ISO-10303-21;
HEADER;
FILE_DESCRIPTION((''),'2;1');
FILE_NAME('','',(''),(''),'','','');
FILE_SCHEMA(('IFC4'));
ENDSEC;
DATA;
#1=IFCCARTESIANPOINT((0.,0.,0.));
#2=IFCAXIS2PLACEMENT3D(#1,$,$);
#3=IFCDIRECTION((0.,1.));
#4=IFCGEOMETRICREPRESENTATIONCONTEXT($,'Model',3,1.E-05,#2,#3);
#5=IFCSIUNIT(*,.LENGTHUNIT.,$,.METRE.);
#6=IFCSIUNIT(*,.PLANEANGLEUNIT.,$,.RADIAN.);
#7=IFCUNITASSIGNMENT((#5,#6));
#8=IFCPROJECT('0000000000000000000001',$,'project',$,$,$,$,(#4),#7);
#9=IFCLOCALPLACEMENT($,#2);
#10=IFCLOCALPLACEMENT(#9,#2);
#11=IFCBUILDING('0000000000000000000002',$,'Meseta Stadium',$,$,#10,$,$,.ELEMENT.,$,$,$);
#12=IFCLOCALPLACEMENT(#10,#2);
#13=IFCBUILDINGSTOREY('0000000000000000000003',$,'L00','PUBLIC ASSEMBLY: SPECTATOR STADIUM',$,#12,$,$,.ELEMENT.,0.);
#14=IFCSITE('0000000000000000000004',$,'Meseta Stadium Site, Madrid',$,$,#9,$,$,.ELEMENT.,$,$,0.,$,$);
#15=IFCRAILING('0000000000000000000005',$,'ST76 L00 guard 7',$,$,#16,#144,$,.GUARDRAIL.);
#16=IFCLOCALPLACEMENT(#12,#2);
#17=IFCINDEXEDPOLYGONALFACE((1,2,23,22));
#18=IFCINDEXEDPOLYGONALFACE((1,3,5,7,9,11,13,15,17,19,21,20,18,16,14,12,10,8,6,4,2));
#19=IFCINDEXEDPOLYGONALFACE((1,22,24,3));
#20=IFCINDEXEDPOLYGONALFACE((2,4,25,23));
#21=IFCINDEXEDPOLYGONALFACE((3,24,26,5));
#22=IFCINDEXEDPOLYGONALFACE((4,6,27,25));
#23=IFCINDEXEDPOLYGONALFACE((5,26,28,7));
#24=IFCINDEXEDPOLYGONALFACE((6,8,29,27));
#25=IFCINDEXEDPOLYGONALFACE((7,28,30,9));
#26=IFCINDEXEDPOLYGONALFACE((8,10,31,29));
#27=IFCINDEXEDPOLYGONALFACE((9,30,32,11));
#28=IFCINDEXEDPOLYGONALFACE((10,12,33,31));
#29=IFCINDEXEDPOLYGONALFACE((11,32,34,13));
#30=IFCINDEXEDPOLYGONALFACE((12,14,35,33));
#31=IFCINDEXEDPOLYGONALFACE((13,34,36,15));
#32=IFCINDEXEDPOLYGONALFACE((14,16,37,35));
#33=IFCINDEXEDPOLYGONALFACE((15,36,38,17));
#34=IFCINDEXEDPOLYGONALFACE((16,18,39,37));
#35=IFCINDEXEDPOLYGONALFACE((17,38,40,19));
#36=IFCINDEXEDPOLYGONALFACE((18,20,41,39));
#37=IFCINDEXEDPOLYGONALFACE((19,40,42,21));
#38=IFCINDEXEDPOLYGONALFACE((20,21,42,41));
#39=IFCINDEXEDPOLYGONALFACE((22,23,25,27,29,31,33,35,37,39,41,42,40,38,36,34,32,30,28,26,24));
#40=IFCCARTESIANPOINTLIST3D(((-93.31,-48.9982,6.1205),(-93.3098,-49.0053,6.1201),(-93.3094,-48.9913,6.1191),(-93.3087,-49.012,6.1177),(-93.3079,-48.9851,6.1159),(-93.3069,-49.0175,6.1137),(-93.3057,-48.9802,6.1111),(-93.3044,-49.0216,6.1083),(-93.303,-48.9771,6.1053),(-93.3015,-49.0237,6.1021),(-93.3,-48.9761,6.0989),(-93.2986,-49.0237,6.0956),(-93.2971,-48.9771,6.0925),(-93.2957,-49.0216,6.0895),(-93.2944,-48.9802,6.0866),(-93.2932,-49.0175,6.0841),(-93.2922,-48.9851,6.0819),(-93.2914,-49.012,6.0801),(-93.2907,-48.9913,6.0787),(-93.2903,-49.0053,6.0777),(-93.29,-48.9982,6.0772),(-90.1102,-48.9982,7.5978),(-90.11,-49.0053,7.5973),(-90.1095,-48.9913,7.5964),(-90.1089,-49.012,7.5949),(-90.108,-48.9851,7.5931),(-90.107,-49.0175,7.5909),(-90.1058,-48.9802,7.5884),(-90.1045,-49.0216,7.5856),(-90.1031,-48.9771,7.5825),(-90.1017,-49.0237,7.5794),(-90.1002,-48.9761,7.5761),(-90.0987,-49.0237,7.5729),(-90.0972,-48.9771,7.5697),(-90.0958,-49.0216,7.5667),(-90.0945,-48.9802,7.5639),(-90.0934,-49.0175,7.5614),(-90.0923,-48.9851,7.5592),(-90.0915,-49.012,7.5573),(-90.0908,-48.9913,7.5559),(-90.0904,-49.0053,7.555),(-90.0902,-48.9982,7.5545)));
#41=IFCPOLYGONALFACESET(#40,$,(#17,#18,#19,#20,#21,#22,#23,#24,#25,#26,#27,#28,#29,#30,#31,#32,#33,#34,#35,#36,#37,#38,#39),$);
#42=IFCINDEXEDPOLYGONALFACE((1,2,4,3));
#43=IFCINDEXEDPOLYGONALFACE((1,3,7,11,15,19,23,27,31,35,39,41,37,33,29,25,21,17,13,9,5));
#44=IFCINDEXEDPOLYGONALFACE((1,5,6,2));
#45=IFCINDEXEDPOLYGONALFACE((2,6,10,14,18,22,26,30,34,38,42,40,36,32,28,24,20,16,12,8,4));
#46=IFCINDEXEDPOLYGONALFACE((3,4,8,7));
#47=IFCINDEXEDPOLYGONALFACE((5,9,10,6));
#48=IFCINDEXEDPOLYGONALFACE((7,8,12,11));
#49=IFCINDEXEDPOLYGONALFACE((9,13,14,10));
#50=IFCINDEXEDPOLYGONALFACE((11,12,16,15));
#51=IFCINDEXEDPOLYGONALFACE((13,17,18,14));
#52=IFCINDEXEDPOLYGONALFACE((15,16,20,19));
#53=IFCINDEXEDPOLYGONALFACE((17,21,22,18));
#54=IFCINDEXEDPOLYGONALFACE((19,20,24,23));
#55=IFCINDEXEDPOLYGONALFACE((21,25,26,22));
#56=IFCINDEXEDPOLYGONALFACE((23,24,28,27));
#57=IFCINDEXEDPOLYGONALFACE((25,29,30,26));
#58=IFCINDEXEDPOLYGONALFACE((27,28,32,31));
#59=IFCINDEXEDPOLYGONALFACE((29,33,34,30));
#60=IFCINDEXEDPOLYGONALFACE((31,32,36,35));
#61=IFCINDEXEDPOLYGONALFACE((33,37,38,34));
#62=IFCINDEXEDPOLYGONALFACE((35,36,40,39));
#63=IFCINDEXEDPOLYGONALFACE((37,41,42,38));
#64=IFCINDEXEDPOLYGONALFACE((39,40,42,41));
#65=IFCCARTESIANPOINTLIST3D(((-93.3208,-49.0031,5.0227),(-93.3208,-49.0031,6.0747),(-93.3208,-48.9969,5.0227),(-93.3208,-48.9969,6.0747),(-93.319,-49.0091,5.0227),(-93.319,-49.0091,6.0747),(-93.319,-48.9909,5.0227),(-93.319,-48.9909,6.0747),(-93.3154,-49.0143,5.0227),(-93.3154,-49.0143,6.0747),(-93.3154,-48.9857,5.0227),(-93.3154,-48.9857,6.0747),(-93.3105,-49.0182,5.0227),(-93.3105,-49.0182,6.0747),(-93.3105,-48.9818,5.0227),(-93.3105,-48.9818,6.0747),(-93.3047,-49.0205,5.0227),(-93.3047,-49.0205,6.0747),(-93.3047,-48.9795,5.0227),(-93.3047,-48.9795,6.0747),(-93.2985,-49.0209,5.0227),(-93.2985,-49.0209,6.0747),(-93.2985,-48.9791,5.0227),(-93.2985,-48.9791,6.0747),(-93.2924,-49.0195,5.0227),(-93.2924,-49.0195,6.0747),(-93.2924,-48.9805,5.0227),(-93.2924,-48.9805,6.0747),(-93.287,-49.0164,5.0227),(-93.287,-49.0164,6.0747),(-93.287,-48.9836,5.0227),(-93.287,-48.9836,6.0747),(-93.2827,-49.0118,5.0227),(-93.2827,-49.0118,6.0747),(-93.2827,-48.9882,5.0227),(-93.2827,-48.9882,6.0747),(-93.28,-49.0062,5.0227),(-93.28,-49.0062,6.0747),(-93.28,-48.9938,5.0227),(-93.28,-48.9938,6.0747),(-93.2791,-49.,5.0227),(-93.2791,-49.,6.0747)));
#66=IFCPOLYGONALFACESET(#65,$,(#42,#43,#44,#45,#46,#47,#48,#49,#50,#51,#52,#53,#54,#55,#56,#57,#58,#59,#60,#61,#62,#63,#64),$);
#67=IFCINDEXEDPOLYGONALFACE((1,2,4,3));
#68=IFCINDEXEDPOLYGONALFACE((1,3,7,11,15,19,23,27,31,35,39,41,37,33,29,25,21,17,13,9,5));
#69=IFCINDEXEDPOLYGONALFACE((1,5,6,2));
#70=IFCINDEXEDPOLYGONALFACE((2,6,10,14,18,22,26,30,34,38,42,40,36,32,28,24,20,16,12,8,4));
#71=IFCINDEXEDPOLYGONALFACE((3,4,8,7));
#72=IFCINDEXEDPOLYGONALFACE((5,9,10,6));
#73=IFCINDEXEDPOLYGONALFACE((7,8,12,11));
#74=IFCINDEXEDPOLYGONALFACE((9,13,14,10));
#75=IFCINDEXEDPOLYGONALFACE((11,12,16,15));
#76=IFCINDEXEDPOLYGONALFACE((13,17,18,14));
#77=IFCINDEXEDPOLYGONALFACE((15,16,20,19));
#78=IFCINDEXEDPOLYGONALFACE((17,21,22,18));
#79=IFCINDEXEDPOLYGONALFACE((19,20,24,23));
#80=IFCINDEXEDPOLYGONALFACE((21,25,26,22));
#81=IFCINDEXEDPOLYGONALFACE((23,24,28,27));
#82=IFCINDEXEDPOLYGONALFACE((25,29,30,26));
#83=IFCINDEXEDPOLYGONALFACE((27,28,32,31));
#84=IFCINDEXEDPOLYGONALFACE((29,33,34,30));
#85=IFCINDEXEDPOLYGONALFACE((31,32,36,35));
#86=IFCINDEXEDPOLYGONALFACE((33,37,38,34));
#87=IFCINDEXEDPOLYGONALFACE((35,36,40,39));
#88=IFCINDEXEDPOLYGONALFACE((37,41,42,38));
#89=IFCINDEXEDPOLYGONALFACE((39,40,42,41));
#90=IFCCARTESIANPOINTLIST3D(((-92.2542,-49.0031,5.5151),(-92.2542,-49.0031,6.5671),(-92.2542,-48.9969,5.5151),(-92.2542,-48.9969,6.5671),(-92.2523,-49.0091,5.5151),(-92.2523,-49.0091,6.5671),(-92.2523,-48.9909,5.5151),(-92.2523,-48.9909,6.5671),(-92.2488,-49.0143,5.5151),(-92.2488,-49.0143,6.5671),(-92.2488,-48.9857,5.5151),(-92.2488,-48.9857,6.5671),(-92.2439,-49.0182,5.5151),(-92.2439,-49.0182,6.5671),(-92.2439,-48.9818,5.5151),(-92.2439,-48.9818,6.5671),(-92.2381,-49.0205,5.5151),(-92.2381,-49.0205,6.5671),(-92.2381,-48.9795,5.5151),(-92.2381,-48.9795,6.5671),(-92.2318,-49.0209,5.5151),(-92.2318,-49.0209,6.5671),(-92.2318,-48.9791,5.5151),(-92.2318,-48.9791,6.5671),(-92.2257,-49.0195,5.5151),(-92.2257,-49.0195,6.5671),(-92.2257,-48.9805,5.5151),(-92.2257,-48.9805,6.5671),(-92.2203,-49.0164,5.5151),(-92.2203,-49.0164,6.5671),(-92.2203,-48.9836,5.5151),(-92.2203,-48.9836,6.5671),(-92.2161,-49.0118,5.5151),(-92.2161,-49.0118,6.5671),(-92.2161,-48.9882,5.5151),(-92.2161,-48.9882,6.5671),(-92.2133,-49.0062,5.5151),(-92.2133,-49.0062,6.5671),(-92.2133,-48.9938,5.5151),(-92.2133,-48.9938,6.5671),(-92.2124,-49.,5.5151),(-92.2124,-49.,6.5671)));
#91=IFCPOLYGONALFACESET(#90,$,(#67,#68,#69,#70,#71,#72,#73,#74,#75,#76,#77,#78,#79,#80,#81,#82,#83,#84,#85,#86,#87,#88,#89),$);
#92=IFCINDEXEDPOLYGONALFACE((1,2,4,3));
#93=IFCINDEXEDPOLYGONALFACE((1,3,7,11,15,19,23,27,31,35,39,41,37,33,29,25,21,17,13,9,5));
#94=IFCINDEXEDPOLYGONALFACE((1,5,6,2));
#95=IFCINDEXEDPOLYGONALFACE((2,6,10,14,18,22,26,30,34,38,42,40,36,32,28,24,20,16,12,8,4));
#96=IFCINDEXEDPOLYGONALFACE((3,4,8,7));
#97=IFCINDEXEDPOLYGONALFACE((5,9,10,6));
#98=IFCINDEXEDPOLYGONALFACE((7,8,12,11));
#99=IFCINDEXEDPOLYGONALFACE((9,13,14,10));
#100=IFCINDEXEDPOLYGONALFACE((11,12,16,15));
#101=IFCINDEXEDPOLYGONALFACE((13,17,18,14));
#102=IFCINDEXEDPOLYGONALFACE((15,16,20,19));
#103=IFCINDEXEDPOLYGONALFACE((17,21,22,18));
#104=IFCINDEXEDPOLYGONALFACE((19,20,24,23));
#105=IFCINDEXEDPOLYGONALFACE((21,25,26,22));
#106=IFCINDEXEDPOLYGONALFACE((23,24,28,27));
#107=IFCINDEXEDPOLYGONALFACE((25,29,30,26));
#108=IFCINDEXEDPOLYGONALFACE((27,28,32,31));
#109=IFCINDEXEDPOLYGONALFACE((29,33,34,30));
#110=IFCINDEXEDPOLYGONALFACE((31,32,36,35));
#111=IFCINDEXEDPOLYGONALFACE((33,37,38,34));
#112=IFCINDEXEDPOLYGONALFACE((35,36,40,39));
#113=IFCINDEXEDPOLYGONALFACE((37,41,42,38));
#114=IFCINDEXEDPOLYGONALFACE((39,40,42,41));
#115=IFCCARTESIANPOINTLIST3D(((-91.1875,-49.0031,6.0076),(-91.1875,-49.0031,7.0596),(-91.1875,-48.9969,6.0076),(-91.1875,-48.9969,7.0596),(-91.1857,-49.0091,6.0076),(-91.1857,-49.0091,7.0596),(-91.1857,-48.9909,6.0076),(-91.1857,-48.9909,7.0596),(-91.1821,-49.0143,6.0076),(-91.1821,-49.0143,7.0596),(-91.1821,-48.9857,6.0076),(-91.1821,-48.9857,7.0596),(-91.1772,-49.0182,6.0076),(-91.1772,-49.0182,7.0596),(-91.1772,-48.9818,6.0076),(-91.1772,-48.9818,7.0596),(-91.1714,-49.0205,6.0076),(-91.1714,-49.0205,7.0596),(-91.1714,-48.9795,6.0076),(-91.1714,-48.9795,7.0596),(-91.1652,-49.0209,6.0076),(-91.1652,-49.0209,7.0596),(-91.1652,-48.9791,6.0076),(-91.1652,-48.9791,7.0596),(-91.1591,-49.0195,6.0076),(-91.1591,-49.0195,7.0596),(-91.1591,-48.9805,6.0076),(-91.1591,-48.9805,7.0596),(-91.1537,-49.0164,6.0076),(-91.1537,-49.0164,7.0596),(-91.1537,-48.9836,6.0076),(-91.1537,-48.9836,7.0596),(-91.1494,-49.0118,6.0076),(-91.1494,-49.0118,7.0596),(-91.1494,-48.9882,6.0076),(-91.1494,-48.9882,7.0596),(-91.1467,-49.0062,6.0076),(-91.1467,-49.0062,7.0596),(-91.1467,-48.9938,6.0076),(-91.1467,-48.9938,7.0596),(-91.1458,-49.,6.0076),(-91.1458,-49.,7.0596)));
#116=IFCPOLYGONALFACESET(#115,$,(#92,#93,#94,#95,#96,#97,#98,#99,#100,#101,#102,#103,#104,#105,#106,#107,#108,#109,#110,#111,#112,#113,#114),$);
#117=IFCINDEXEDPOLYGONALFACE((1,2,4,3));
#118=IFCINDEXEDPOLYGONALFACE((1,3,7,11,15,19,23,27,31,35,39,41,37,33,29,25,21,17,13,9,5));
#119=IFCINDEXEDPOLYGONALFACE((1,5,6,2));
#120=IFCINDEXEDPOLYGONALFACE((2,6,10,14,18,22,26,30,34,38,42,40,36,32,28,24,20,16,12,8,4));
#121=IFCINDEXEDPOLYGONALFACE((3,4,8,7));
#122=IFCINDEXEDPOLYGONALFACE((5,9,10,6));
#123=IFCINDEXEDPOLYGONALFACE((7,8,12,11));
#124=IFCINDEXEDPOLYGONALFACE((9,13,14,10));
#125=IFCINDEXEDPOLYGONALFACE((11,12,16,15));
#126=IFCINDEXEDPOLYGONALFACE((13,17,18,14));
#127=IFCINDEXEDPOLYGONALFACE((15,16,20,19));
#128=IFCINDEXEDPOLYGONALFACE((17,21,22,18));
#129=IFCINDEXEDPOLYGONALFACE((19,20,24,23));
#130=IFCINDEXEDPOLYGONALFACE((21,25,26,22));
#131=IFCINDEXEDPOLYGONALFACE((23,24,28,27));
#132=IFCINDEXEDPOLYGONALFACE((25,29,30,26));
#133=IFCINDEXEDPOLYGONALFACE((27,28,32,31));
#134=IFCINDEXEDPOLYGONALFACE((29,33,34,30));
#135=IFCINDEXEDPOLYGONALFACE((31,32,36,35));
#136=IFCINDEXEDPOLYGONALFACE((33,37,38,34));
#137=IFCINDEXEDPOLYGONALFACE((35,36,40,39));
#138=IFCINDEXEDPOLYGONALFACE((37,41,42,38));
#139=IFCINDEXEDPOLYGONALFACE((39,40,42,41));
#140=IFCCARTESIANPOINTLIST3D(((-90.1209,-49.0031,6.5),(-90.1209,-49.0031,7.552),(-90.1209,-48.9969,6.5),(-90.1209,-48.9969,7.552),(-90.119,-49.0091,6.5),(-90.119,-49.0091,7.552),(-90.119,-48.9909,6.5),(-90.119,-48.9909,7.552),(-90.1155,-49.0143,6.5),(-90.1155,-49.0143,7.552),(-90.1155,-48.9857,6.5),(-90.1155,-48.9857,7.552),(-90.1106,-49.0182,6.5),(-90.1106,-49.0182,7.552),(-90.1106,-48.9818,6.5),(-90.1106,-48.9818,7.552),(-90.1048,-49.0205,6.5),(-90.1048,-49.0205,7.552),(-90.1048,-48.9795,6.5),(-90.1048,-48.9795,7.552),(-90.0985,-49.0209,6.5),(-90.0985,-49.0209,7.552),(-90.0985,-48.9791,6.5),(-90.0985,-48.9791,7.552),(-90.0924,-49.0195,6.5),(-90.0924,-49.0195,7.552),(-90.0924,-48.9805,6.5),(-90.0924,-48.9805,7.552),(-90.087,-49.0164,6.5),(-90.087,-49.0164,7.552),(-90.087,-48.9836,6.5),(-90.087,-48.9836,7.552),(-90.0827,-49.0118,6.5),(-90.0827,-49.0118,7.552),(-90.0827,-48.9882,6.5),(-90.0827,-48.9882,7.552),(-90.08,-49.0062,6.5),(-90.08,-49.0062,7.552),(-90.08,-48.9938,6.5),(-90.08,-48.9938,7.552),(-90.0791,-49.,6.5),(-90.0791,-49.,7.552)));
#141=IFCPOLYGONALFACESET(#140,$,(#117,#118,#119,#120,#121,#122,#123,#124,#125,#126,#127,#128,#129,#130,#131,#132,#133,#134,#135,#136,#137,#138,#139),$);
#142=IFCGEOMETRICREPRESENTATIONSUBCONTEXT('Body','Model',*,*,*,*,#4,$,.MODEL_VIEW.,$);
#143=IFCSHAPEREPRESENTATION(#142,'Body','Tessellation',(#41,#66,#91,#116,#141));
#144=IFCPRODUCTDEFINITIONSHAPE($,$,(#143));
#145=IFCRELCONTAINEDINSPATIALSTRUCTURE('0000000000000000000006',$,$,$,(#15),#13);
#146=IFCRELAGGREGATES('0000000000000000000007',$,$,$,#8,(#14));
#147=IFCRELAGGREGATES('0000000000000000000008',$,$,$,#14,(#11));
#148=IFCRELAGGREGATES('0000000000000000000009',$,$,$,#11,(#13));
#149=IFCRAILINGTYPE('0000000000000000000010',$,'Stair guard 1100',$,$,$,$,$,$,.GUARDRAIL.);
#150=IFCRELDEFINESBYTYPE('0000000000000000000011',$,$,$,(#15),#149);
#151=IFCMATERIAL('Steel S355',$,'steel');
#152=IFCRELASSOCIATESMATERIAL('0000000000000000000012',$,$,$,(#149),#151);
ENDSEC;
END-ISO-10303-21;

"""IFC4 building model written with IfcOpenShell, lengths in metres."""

from ifc_helpers import new_model, si_unit, direction, frame, origin, origin_2d, place, context, subcontext, project, spatial, circle, extrude, material, type_object, element, save


model = new_model("IFC4")

# Units and contexts
model_context = context("Model", 3, precision=1e-05, world=origin(), true_north=direction((0.0, 1.0)))
body_context = subcontext(model_context, "Body", "Model", "MODEL_VIEW")
ifc_project = project(units=[si_unit("LENGTHUNIT", "METRE"), si_unit("PLANEANGLEUNIT", "RADIAN")], contexts=[model_context])

# Site, building, storey
site_placement = place(None, origin())
site = spatial("IfcSite", under=ifc_project, at=site_placement, Name="Meseta Stadium Site, Madrid", CompositionType="ELEMENT", RefElevation=0.0)
building_placement = place(site_placement, origin())
building = spatial("IfcBuilding", under=site, at=building_placement, Name="Meseta Stadium", CompositionType="ELEMENT")
storey_placement = place(building_placement, origin())
storey = spatial("IfcBuildingStorey", under=building, at=storey_placement, Name="L00", Description="PUBLIC ASSEMBLY: SPECTATOR STADIUM", CompositionType="ELEMENT", Elevation=0.0)

# Railing
ifc_material_1 = material(Name="Steel S355", Category="steel")
railing_type_1 = type_object("IfcRailingType", Name="Stair guard 1100", PredefinedType="GUARDRAIL", material=ifc_material_1)
railing_1_placement = place(storey_placement, frame((-93.3, -49.0, 5.0227)))
element("IfcRailing", 1, at=railing_1_placement, inside=storey, type_object=railing_type_1, Name="ST76 L00 guard 7", PredefinedType="GUARDRAIL", context=body_context, shape_type="SweptSolid", body=[
    extrude(circle(Radius=0.0239, at=origin_2d()), frame((0.0, 0.0, 1.0762), z_axis=(0.907917, 0.0, 0.41915), x_axis=(0.0, 1.0, 0.0)), (0.0, 0.0, 1.0), 3.5244),
    extrude(circle(Radius=0.021, at=origin_2d()), origin(), (0.0, 0.0, 1.0), 1.052),
    extrude(circle(Radius=0.021, at=origin_2d()), frame((1.0667, 0.0, 0.4924)), (0.0, 0.0, 1.0), 1.052),
    extrude(circle(Radius=0.021, at=origin_2d()), frame((2.1333, 0.0, 0.9849)), (0.0, 0.0, 1.0), 1.052),
    extrude(circle(Radius=0.021, at=origin_2d()), frame((3.2, 0.0, 1.4773)), (0.0, 0.0, 1.0), 1.052),
])

save(model, "model.ifc")
